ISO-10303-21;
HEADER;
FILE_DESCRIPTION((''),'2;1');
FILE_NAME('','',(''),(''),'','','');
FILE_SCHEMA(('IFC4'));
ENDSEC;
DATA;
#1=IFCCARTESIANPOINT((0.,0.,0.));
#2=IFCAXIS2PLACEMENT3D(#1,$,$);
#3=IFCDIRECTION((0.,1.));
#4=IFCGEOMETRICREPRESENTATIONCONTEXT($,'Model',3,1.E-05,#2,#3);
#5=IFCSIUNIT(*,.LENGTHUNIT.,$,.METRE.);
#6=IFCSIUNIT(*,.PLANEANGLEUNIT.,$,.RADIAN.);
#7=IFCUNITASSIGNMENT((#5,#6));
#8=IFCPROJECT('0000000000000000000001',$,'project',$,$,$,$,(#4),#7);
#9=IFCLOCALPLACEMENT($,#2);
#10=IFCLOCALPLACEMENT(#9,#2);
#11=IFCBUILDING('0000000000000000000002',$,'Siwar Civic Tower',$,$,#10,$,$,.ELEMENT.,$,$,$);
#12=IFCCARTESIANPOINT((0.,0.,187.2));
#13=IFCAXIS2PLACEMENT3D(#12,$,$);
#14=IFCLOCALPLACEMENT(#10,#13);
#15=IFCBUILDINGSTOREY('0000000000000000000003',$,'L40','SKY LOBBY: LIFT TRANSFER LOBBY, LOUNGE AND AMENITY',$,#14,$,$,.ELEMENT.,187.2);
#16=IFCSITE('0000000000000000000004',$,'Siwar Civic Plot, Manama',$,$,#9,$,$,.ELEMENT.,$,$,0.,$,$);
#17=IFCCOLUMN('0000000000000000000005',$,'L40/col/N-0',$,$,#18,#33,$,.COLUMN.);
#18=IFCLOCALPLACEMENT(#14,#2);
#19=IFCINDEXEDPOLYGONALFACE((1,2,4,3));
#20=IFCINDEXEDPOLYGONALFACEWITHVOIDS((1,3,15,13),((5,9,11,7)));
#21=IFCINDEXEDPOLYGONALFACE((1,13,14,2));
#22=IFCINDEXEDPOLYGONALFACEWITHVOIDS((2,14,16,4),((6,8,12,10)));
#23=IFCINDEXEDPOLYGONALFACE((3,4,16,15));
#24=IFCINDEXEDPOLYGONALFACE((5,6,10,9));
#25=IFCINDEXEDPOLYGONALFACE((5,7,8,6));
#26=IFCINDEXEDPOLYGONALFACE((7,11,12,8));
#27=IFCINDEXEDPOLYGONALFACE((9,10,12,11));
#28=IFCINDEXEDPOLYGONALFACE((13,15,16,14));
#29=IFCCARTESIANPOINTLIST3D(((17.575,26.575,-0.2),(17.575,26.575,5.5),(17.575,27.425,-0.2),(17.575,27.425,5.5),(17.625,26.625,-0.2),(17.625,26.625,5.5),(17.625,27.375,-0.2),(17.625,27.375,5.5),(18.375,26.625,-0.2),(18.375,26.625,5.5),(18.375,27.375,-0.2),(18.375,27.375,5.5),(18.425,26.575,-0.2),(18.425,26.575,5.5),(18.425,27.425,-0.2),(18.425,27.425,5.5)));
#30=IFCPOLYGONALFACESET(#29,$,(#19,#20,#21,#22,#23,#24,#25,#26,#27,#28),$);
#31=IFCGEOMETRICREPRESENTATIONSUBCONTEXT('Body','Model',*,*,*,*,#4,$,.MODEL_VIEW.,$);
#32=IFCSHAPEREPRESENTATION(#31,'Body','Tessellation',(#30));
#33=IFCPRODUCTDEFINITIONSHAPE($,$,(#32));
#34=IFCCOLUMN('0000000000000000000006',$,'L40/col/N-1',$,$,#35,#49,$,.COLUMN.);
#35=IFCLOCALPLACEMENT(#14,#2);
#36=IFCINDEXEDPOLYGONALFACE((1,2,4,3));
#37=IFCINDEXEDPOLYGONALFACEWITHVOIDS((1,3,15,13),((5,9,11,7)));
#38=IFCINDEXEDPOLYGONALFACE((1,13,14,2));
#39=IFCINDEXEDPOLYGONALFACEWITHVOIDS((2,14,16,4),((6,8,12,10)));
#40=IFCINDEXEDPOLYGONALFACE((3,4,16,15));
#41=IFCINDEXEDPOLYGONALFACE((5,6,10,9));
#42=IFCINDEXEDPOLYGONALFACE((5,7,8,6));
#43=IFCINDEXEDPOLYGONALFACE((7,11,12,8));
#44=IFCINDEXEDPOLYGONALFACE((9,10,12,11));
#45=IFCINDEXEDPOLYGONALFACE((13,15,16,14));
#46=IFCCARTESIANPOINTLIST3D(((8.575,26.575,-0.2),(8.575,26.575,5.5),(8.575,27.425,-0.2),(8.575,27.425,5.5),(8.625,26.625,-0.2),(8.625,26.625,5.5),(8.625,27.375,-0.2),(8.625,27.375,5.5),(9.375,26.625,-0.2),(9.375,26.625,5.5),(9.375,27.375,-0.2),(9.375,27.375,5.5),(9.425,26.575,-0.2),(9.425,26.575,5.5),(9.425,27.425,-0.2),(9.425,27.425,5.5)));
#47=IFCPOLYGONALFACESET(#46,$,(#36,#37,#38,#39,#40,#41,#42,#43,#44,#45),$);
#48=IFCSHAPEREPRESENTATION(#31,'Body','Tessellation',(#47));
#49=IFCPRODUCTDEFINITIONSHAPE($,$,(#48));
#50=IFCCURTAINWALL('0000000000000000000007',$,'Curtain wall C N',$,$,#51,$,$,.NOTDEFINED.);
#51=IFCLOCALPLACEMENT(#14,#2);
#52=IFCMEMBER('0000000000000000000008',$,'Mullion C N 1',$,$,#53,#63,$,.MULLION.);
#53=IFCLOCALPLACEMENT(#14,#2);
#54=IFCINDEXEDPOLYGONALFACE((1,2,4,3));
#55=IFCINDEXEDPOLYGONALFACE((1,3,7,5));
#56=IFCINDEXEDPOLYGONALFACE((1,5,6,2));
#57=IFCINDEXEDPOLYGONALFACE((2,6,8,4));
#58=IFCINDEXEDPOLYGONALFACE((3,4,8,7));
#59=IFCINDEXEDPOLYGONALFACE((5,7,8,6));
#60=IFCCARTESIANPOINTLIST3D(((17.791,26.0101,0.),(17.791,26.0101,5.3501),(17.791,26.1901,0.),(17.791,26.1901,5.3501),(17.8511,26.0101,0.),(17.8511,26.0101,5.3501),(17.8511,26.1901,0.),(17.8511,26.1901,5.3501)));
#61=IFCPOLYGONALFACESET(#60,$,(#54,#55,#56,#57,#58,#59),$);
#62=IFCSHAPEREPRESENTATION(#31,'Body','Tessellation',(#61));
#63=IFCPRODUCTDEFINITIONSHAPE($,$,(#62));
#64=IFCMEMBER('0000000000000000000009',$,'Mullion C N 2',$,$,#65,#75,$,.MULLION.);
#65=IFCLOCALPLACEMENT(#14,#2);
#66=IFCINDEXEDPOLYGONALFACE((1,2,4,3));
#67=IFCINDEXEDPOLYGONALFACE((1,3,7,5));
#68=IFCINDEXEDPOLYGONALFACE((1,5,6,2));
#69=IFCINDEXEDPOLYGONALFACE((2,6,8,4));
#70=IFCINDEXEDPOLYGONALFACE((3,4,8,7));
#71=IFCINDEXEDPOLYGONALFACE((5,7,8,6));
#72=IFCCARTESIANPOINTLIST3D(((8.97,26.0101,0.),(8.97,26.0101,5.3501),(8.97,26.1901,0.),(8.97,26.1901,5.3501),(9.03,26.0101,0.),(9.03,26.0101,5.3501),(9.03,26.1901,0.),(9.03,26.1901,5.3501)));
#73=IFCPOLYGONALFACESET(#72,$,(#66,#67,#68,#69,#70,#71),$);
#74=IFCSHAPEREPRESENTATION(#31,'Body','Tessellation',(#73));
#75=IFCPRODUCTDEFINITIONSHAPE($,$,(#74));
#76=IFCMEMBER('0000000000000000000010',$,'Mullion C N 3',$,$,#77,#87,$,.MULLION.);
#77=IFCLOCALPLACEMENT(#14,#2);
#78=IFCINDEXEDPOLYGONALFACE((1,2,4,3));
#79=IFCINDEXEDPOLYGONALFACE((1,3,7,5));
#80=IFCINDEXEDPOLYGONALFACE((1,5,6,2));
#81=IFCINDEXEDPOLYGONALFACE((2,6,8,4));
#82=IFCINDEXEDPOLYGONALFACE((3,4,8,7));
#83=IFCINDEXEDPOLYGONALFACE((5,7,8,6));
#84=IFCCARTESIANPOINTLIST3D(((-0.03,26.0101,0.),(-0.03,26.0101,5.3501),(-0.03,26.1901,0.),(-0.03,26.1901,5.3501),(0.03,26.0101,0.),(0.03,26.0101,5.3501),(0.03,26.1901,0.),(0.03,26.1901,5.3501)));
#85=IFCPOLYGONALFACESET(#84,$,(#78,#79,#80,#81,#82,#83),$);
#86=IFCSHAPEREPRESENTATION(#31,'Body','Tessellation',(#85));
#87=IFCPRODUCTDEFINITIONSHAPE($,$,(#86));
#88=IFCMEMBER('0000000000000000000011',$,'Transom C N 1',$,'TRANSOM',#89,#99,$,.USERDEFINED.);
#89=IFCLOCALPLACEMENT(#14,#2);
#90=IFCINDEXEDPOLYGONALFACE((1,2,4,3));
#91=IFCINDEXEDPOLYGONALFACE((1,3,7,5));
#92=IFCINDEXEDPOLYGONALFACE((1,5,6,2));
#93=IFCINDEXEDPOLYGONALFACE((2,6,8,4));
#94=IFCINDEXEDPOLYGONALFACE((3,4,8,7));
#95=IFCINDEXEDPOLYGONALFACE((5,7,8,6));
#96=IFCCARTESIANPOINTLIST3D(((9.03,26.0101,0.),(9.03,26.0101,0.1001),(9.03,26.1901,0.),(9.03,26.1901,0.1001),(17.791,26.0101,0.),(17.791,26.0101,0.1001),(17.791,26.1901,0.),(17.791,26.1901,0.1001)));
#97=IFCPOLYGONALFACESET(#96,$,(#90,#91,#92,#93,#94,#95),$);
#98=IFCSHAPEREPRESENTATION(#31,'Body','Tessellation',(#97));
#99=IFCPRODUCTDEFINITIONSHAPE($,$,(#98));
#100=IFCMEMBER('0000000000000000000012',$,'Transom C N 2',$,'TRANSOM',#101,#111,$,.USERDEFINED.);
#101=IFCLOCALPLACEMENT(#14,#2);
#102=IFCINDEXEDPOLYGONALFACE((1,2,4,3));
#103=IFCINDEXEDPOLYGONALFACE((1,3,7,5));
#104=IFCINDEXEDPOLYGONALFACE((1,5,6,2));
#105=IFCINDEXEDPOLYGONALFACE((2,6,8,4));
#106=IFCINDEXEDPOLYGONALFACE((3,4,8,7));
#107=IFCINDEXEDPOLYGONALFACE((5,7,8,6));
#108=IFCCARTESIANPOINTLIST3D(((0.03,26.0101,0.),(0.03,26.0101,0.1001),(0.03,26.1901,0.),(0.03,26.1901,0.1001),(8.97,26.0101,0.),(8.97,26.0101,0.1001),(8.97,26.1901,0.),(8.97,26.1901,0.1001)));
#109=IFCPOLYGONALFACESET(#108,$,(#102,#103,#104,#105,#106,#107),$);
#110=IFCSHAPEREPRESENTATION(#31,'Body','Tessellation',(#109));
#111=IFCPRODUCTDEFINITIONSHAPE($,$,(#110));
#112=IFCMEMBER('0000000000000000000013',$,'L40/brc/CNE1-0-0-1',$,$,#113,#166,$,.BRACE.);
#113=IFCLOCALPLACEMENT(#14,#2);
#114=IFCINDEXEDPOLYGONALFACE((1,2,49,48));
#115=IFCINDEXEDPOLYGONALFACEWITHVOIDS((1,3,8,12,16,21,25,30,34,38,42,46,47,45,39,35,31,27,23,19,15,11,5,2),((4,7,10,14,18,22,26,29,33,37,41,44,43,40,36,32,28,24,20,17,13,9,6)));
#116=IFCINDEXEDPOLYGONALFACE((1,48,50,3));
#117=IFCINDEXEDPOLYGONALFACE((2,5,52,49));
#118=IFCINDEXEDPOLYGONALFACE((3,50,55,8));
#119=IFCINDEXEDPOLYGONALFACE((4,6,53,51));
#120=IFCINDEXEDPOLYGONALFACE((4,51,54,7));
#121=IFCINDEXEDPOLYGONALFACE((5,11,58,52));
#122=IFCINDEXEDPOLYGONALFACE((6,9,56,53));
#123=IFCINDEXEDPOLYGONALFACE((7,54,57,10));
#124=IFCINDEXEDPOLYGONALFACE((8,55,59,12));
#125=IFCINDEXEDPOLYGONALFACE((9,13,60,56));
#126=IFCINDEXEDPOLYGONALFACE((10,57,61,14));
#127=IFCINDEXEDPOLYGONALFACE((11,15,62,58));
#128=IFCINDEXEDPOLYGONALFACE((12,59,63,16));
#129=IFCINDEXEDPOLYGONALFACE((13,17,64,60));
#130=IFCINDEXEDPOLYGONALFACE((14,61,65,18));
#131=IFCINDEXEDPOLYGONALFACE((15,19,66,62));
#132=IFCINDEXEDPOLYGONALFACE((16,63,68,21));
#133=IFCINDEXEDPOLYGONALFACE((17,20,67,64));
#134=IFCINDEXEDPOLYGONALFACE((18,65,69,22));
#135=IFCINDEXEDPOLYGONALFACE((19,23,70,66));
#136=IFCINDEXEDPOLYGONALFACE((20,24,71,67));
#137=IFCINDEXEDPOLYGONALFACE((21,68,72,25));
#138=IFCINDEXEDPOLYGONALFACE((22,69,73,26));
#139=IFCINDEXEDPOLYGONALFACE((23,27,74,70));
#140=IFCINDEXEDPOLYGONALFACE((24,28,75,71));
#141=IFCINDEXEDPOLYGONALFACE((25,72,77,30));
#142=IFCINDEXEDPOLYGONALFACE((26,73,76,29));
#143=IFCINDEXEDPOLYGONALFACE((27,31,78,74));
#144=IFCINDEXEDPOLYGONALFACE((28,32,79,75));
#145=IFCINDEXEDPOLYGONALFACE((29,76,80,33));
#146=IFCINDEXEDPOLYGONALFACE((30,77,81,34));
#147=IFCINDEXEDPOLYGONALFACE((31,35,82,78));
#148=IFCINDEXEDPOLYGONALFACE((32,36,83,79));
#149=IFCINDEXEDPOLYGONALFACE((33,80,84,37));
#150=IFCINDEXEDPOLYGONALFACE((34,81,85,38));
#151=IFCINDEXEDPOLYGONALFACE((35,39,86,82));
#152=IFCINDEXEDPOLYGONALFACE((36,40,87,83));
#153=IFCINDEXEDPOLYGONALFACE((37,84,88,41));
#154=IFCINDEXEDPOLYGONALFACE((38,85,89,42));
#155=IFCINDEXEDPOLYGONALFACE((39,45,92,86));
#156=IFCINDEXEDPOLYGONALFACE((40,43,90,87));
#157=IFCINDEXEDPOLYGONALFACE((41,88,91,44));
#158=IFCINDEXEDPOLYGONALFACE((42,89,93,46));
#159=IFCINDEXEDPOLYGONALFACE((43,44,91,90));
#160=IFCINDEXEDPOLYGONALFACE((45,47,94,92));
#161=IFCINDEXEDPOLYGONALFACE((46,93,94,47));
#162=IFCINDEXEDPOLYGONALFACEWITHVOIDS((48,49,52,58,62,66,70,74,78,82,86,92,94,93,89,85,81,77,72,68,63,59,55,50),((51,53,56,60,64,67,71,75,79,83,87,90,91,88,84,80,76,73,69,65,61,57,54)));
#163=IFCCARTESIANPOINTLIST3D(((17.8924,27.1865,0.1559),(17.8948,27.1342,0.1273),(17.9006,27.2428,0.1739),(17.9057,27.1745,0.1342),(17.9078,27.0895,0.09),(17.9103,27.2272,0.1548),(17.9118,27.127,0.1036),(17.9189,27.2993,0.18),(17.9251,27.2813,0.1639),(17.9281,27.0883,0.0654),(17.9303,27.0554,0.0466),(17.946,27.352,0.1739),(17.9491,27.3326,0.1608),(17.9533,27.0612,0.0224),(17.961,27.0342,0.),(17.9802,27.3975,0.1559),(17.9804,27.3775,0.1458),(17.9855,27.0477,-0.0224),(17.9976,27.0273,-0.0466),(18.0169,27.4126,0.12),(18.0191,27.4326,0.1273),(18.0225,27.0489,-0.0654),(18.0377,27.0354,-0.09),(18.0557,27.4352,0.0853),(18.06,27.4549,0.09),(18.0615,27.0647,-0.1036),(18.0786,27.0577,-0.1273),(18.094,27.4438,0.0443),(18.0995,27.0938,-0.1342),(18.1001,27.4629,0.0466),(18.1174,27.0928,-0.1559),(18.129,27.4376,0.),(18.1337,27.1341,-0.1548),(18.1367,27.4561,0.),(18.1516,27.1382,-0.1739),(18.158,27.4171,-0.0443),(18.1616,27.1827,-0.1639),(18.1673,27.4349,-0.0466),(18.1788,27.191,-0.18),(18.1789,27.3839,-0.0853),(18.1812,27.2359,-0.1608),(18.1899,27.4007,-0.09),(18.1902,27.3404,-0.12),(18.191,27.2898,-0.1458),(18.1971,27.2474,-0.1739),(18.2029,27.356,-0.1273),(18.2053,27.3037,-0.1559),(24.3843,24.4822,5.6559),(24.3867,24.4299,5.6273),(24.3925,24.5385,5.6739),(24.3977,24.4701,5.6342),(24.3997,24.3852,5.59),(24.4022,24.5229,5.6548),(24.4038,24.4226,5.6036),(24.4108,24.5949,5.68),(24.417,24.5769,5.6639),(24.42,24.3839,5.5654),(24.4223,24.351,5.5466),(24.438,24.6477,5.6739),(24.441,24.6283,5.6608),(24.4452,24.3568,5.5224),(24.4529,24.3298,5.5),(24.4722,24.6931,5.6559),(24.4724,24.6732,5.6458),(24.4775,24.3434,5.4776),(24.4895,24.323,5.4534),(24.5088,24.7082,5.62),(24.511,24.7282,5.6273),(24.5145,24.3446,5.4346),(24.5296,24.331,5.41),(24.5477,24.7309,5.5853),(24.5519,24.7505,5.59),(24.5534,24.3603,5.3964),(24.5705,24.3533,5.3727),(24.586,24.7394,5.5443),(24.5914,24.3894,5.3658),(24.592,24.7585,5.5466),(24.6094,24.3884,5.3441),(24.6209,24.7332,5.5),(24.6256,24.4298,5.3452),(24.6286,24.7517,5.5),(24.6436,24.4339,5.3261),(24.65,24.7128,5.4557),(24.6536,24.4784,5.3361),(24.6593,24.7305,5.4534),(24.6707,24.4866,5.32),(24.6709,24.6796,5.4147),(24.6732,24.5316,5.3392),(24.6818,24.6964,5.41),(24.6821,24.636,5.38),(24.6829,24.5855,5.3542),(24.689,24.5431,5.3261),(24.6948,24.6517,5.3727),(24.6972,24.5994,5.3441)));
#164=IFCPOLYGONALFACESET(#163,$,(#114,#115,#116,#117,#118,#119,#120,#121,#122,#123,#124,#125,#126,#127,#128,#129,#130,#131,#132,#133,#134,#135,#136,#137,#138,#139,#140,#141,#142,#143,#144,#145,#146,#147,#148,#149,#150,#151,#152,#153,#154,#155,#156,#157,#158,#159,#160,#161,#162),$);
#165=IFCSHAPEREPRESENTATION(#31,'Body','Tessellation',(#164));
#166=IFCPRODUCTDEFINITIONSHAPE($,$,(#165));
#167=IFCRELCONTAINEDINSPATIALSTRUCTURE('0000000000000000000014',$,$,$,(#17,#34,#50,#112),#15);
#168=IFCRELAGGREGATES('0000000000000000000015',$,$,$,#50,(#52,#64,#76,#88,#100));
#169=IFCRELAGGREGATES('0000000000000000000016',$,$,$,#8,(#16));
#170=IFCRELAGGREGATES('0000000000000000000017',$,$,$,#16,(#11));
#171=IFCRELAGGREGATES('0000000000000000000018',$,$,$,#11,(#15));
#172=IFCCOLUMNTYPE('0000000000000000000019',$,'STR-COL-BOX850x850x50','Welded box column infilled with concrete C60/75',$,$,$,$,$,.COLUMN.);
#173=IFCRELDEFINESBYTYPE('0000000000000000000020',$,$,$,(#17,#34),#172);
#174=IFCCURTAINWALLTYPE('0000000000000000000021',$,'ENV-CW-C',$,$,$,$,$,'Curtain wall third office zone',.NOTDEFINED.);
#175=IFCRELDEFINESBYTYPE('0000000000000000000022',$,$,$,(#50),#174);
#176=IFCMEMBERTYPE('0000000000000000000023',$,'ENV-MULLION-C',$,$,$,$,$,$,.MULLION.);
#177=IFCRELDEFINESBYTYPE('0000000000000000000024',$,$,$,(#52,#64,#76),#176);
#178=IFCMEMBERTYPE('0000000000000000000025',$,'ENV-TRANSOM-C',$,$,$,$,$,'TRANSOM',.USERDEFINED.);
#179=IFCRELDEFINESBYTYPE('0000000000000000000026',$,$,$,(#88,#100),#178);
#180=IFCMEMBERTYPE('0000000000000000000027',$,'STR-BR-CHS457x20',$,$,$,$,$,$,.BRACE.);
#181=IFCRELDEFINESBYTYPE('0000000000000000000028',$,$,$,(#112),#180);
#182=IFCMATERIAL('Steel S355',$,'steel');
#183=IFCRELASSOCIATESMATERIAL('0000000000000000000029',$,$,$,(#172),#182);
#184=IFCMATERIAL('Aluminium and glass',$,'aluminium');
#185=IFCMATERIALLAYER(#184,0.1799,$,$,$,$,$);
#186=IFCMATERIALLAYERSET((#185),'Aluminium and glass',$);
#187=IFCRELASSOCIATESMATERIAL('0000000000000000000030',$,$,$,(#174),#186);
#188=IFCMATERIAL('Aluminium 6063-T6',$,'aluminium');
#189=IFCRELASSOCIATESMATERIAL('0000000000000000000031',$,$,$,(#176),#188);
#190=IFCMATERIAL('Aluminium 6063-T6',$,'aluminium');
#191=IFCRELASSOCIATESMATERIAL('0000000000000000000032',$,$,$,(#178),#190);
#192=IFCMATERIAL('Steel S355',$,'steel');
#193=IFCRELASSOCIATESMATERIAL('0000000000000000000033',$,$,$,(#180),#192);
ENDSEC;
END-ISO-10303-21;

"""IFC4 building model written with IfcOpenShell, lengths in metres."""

from ifc_helpers import new_model, si_unit, direction, frame, origin, origin_2d, place, context, subcontext, project, spatial, rectangle, hollow_rectangle, hollow_circle, extrude, material, layer, layer_set, material_profile, profile_set, type_object, element, aggregate, save


model = new_model("IFC4")

# Units and contexts
model_context = context("Model", 3, precision=1e-05, world=origin(), true_north=direction((0.0, 1.0)))
body_context = subcontext(model_context, "Body", "Model", "MODEL_VIEW")
ifc_project = project(units=[si_unit("LENGTHUNIT", "METRE"), si_unit("PLANEANGLEUNIT", "RADIAN")], contexts=[model_context])

# Site, building, storey
site_placement = place(None, origin())
site = spatial("IfcSite", under=ifc_project, at=site_placement, Name="Siwar Civic Plot, Manama", CompositionType="ELEMENT", RefElevation=0.0)
building_placement = place(site_placement, origin())
building = spatial("IfcBuilding", under=site, at=building_placement, Name="Siwar Civic Tower", CompositionType="ELEMENT")
storey_placement = place(building_placement, frame((0.0, 0.0, 187.2)))
storey = spatial("IfcBuildingStorey", under=building, at=storey_placement, Name="L40", Description="SKY LOBBY: LIFT TRANSFER LOBBY, LOUNGE AND AMENITY", CompositionType="ELEMENT", Elevation=187.2)

# Columns
ifc_material_1 = material(Name="Steel S355", Category="steel")
ifc_material_profile_1 = material_profile(ifc_material_1, hollow_rectangle(XDim=0.8501, YDim=0.8501, WallThickness=0.05, at=origin_2d()), Name="BOX850x850x50")
ifc_profile_set_1 = profile_set([ifc_material_profile_1], Name="Steel S355")
column_type = type_object("IfcColumnType", Name="STR-COL-BOX850x850x50", Description="Welded box column infilled with concrete C60/75", PredefinedType="COLUMN", material=ifc_profile_set_1)
for number, where, z_axis, x_axis, name in (
    (1, (18.0, 27.0, -0.2), (0.0, 0.0, 1.0), (1.0, 0.0, 0.0), "L40/col/N-0"),
    (2, (9.0, 27.0, -0.2), (0.0, 0.0, 1.0), (1.0, 0.0, 0.0), "L40/col/N-1"),
):
    element("IfcColumn", number, at=place(storey_placement, frame(where, z_axis=z_axis, x_axis=x_axis)), inside=storey, type_object=column_type, Name=name, PredefinedType="COLUMN", context=body_context, shape_type="SweptSolid", body=[
        extrude(hollow_rectangle(XDim=0.8501, YDim=0.8501, WallThickness=0.05, at=origin_2d()), origin(), (0.0, 0.0, 1.0), 5.7),
    ])

# Curtain wall, members
ifc_material_2 = material(Name="Aluminium and glass", Category="aluminium")
ifc_layer_1 = layer(ifc_material_2, 0.1799)
ifc_layer_set_1 = layer_set([ifc_layer_1], Name="Aluminium and glass")
curtain_wall_type = type_object("IfcCurtainWallType", Name="ENV-CW-C", ElementType="Curtain wall third office zone", PredefinedType="NOTDEFINED", material=ifc_layer_set_1)
curtain_wall_placement = place(storey_placement, origin())
curtain_wall = element("IfcCurtainWall", 3, at=curtain_wall_placement, inside=storey, type_object=curtain_wall_type, Name="Curtain wall C N", PredefinedType="NOTDEFINED")
ifc_material_3 = material(Name="Aluminium 6063-T6", Category="aluminium")
ifc_material_profile_2 = material_profile(ifc_material_3, rectangle(XDim=0.1799, YDim=0.0601, at=origin_2d()), Name="AL 180x60")
ifc_profile_set_2 = profile_set([ifc_material_profile_2], Name="Aluminium 6063-T6")
member_type_1 = type_object("IfcMemberType", Name="ENV-MULLION-C", PredefinedType="MULLION", material=ifc_profile_set_2)
member_1_placement = place(storey_placement, frame((17.821, 26.1001, 0.0), z_axis=(0.0, 0.0, 1.0), x_axis=(0.0, -1.0, 0.0)))
member_1 = element("IfcMember", 4, at=member_1_placement, type_object=member_type_1, Name="Mullion C N 1", PredefinedType="MULLION", context=body_context, shape_type="SweptSolid", body=[
    extrude(rectangle(XDim=0.1799, YDim=0.0601, at=origin_2d()), origin(), (0.0, 0.0, 1.0), 5.3501),
])
member_2_placement = place(storey_placement, frame((9.0, 26.1001, 0.0), z_axis=(0.0, 0.0, 1.0), x_axis=(0.0, -1.0, 0.0)))
member_2 = element("IfcMember", 5, at=member_2_placement, type_object=member_type_1, Name="Mullion C N 2", PredefinedType="MULLION", context=body_context, shape_type="SweptSolid", body=[
    extrude(rectangle(XDim=0.1799, YDim=0.0601, at=origin_2d()), origin(), (0.0, 0.0, 1.0), 5.3501),
])
member_3_placement = place(storey_placement, frame((0.0, 26.1001, 0.0), z_axis=(0.0, 0.0, 1.0), x_axis=(0.0, -1.0, 0.0)))
member_3 = element("IfcMember", 6, at=member_3_placement, type_object=member_type_1, Name="Mullion C N 3", PredefinedType="MULLION", context=body_context, shape_type="SweptSolid", body=[
    extrude(rectangle(XDim=0.1799, YDim=0.0601, at=origin_2d()), origin(), (0.0, 0.0, 1.0), 5.3501),
])
ifc_material_4 = material(Name="Aluminium 6063-T6", Category="aluminium")
ifc_material_profile_3 = material_profile(ifc_material_4, rectangle(XDim=0.1799, YDim=0.1001, at=origin_2d()), Name="AL 180x100")
ifc_profile_set_3 = profile_set([ifc_material_profile_3], Name="Aluminium 6063-T6")
member_type_2 = type_object("IfcMemberType", Name="ENV-TRANSOM-C", ElementType="TRANSOM", PredefinedType="USERDEFINED", material=ifc_profile_set_3)
member_4_placement = place(storey_placement, frame((17.791, 26.1001, 0.05), z_axis=(-1.0, 0.0, 0.0), x_axis=(0.0, -1.0, 0.0)))
member_4 = element("IfcMember", 7, at=member_4_placement, type_object=member_type_2, Name="Transom C N 1", ObjectType="TRANSOM", PredefinedType="USERDEFINED", context=body_context, shape_type="SweptSolid", body=[
    extrude(rectangle(XDim=0.1799, YDim=0.1001, at=origin_2d()), origin(), (0.0, 0.0, 1.0), 8.761),
])
member_5_placement = place(storey_placement, frame((8.97, 26.1001, 0.05), z_axis=(-1.0, 0.0, 0.0), x_axis=(0.0, -1.0, 0.0)))
member_5 = element("IfcMember", 8, at=member_5_placement, type_object=member_type_2, Name="Transom C N 2", ObjectType="TRANSOM", PredefinedType="USERDEFINED", context=body_context, shape_type="SweptSolid", body=[
    extrude(rectangle(XDim=0.1799, YDim=0.1001, at=origin_2d()), origin(), (0.0, 0.0, 1.0), 8.9399),
])

# Member
ifc_material_5 = material(Name="Steel S355", Category="steel")
ifc_material_profile_4 = material_profile(ifc_material_5, hollow_circle(Radius=0.2285, WallThickness=0.02, at=origin_2d()), Name="CHS457x20")
ifc_profile_set_4 = profile_set([ifc_material_profile_4], Name="Steel S355")
member_type_3 = type_object("IfcMemberType", Name="STR-BR-CHS457x20", PredefinedType="BRACE", material=ifc_profile_set_4)
member_6_placement = place(storey_placement, frame((18.0488, 27.2451, 0.0), z_axis=(0.727146, -0.302907, 0.616041), x_axis=(0.384539, 0.923109, 0.0)))
element("IfcMember", 9, at=member_6_placement, inside=storey, type_object=member_type_3, Name="L40/brc/CNE1-0-0-1", PredefinedType="BRACE", context=body_context, shape_type="SweptSolid", body=[
    extrude(hollow_circle(Radius=0.2285, WallThickness=0.02, at=origin_2d()), origin(), (0.0, 0.0, 1.0), 8.928),
])

aggregate(curtain_wall, [member_1, member_2, member_3, member_4, member_5])

save(model, "model.ifc")
